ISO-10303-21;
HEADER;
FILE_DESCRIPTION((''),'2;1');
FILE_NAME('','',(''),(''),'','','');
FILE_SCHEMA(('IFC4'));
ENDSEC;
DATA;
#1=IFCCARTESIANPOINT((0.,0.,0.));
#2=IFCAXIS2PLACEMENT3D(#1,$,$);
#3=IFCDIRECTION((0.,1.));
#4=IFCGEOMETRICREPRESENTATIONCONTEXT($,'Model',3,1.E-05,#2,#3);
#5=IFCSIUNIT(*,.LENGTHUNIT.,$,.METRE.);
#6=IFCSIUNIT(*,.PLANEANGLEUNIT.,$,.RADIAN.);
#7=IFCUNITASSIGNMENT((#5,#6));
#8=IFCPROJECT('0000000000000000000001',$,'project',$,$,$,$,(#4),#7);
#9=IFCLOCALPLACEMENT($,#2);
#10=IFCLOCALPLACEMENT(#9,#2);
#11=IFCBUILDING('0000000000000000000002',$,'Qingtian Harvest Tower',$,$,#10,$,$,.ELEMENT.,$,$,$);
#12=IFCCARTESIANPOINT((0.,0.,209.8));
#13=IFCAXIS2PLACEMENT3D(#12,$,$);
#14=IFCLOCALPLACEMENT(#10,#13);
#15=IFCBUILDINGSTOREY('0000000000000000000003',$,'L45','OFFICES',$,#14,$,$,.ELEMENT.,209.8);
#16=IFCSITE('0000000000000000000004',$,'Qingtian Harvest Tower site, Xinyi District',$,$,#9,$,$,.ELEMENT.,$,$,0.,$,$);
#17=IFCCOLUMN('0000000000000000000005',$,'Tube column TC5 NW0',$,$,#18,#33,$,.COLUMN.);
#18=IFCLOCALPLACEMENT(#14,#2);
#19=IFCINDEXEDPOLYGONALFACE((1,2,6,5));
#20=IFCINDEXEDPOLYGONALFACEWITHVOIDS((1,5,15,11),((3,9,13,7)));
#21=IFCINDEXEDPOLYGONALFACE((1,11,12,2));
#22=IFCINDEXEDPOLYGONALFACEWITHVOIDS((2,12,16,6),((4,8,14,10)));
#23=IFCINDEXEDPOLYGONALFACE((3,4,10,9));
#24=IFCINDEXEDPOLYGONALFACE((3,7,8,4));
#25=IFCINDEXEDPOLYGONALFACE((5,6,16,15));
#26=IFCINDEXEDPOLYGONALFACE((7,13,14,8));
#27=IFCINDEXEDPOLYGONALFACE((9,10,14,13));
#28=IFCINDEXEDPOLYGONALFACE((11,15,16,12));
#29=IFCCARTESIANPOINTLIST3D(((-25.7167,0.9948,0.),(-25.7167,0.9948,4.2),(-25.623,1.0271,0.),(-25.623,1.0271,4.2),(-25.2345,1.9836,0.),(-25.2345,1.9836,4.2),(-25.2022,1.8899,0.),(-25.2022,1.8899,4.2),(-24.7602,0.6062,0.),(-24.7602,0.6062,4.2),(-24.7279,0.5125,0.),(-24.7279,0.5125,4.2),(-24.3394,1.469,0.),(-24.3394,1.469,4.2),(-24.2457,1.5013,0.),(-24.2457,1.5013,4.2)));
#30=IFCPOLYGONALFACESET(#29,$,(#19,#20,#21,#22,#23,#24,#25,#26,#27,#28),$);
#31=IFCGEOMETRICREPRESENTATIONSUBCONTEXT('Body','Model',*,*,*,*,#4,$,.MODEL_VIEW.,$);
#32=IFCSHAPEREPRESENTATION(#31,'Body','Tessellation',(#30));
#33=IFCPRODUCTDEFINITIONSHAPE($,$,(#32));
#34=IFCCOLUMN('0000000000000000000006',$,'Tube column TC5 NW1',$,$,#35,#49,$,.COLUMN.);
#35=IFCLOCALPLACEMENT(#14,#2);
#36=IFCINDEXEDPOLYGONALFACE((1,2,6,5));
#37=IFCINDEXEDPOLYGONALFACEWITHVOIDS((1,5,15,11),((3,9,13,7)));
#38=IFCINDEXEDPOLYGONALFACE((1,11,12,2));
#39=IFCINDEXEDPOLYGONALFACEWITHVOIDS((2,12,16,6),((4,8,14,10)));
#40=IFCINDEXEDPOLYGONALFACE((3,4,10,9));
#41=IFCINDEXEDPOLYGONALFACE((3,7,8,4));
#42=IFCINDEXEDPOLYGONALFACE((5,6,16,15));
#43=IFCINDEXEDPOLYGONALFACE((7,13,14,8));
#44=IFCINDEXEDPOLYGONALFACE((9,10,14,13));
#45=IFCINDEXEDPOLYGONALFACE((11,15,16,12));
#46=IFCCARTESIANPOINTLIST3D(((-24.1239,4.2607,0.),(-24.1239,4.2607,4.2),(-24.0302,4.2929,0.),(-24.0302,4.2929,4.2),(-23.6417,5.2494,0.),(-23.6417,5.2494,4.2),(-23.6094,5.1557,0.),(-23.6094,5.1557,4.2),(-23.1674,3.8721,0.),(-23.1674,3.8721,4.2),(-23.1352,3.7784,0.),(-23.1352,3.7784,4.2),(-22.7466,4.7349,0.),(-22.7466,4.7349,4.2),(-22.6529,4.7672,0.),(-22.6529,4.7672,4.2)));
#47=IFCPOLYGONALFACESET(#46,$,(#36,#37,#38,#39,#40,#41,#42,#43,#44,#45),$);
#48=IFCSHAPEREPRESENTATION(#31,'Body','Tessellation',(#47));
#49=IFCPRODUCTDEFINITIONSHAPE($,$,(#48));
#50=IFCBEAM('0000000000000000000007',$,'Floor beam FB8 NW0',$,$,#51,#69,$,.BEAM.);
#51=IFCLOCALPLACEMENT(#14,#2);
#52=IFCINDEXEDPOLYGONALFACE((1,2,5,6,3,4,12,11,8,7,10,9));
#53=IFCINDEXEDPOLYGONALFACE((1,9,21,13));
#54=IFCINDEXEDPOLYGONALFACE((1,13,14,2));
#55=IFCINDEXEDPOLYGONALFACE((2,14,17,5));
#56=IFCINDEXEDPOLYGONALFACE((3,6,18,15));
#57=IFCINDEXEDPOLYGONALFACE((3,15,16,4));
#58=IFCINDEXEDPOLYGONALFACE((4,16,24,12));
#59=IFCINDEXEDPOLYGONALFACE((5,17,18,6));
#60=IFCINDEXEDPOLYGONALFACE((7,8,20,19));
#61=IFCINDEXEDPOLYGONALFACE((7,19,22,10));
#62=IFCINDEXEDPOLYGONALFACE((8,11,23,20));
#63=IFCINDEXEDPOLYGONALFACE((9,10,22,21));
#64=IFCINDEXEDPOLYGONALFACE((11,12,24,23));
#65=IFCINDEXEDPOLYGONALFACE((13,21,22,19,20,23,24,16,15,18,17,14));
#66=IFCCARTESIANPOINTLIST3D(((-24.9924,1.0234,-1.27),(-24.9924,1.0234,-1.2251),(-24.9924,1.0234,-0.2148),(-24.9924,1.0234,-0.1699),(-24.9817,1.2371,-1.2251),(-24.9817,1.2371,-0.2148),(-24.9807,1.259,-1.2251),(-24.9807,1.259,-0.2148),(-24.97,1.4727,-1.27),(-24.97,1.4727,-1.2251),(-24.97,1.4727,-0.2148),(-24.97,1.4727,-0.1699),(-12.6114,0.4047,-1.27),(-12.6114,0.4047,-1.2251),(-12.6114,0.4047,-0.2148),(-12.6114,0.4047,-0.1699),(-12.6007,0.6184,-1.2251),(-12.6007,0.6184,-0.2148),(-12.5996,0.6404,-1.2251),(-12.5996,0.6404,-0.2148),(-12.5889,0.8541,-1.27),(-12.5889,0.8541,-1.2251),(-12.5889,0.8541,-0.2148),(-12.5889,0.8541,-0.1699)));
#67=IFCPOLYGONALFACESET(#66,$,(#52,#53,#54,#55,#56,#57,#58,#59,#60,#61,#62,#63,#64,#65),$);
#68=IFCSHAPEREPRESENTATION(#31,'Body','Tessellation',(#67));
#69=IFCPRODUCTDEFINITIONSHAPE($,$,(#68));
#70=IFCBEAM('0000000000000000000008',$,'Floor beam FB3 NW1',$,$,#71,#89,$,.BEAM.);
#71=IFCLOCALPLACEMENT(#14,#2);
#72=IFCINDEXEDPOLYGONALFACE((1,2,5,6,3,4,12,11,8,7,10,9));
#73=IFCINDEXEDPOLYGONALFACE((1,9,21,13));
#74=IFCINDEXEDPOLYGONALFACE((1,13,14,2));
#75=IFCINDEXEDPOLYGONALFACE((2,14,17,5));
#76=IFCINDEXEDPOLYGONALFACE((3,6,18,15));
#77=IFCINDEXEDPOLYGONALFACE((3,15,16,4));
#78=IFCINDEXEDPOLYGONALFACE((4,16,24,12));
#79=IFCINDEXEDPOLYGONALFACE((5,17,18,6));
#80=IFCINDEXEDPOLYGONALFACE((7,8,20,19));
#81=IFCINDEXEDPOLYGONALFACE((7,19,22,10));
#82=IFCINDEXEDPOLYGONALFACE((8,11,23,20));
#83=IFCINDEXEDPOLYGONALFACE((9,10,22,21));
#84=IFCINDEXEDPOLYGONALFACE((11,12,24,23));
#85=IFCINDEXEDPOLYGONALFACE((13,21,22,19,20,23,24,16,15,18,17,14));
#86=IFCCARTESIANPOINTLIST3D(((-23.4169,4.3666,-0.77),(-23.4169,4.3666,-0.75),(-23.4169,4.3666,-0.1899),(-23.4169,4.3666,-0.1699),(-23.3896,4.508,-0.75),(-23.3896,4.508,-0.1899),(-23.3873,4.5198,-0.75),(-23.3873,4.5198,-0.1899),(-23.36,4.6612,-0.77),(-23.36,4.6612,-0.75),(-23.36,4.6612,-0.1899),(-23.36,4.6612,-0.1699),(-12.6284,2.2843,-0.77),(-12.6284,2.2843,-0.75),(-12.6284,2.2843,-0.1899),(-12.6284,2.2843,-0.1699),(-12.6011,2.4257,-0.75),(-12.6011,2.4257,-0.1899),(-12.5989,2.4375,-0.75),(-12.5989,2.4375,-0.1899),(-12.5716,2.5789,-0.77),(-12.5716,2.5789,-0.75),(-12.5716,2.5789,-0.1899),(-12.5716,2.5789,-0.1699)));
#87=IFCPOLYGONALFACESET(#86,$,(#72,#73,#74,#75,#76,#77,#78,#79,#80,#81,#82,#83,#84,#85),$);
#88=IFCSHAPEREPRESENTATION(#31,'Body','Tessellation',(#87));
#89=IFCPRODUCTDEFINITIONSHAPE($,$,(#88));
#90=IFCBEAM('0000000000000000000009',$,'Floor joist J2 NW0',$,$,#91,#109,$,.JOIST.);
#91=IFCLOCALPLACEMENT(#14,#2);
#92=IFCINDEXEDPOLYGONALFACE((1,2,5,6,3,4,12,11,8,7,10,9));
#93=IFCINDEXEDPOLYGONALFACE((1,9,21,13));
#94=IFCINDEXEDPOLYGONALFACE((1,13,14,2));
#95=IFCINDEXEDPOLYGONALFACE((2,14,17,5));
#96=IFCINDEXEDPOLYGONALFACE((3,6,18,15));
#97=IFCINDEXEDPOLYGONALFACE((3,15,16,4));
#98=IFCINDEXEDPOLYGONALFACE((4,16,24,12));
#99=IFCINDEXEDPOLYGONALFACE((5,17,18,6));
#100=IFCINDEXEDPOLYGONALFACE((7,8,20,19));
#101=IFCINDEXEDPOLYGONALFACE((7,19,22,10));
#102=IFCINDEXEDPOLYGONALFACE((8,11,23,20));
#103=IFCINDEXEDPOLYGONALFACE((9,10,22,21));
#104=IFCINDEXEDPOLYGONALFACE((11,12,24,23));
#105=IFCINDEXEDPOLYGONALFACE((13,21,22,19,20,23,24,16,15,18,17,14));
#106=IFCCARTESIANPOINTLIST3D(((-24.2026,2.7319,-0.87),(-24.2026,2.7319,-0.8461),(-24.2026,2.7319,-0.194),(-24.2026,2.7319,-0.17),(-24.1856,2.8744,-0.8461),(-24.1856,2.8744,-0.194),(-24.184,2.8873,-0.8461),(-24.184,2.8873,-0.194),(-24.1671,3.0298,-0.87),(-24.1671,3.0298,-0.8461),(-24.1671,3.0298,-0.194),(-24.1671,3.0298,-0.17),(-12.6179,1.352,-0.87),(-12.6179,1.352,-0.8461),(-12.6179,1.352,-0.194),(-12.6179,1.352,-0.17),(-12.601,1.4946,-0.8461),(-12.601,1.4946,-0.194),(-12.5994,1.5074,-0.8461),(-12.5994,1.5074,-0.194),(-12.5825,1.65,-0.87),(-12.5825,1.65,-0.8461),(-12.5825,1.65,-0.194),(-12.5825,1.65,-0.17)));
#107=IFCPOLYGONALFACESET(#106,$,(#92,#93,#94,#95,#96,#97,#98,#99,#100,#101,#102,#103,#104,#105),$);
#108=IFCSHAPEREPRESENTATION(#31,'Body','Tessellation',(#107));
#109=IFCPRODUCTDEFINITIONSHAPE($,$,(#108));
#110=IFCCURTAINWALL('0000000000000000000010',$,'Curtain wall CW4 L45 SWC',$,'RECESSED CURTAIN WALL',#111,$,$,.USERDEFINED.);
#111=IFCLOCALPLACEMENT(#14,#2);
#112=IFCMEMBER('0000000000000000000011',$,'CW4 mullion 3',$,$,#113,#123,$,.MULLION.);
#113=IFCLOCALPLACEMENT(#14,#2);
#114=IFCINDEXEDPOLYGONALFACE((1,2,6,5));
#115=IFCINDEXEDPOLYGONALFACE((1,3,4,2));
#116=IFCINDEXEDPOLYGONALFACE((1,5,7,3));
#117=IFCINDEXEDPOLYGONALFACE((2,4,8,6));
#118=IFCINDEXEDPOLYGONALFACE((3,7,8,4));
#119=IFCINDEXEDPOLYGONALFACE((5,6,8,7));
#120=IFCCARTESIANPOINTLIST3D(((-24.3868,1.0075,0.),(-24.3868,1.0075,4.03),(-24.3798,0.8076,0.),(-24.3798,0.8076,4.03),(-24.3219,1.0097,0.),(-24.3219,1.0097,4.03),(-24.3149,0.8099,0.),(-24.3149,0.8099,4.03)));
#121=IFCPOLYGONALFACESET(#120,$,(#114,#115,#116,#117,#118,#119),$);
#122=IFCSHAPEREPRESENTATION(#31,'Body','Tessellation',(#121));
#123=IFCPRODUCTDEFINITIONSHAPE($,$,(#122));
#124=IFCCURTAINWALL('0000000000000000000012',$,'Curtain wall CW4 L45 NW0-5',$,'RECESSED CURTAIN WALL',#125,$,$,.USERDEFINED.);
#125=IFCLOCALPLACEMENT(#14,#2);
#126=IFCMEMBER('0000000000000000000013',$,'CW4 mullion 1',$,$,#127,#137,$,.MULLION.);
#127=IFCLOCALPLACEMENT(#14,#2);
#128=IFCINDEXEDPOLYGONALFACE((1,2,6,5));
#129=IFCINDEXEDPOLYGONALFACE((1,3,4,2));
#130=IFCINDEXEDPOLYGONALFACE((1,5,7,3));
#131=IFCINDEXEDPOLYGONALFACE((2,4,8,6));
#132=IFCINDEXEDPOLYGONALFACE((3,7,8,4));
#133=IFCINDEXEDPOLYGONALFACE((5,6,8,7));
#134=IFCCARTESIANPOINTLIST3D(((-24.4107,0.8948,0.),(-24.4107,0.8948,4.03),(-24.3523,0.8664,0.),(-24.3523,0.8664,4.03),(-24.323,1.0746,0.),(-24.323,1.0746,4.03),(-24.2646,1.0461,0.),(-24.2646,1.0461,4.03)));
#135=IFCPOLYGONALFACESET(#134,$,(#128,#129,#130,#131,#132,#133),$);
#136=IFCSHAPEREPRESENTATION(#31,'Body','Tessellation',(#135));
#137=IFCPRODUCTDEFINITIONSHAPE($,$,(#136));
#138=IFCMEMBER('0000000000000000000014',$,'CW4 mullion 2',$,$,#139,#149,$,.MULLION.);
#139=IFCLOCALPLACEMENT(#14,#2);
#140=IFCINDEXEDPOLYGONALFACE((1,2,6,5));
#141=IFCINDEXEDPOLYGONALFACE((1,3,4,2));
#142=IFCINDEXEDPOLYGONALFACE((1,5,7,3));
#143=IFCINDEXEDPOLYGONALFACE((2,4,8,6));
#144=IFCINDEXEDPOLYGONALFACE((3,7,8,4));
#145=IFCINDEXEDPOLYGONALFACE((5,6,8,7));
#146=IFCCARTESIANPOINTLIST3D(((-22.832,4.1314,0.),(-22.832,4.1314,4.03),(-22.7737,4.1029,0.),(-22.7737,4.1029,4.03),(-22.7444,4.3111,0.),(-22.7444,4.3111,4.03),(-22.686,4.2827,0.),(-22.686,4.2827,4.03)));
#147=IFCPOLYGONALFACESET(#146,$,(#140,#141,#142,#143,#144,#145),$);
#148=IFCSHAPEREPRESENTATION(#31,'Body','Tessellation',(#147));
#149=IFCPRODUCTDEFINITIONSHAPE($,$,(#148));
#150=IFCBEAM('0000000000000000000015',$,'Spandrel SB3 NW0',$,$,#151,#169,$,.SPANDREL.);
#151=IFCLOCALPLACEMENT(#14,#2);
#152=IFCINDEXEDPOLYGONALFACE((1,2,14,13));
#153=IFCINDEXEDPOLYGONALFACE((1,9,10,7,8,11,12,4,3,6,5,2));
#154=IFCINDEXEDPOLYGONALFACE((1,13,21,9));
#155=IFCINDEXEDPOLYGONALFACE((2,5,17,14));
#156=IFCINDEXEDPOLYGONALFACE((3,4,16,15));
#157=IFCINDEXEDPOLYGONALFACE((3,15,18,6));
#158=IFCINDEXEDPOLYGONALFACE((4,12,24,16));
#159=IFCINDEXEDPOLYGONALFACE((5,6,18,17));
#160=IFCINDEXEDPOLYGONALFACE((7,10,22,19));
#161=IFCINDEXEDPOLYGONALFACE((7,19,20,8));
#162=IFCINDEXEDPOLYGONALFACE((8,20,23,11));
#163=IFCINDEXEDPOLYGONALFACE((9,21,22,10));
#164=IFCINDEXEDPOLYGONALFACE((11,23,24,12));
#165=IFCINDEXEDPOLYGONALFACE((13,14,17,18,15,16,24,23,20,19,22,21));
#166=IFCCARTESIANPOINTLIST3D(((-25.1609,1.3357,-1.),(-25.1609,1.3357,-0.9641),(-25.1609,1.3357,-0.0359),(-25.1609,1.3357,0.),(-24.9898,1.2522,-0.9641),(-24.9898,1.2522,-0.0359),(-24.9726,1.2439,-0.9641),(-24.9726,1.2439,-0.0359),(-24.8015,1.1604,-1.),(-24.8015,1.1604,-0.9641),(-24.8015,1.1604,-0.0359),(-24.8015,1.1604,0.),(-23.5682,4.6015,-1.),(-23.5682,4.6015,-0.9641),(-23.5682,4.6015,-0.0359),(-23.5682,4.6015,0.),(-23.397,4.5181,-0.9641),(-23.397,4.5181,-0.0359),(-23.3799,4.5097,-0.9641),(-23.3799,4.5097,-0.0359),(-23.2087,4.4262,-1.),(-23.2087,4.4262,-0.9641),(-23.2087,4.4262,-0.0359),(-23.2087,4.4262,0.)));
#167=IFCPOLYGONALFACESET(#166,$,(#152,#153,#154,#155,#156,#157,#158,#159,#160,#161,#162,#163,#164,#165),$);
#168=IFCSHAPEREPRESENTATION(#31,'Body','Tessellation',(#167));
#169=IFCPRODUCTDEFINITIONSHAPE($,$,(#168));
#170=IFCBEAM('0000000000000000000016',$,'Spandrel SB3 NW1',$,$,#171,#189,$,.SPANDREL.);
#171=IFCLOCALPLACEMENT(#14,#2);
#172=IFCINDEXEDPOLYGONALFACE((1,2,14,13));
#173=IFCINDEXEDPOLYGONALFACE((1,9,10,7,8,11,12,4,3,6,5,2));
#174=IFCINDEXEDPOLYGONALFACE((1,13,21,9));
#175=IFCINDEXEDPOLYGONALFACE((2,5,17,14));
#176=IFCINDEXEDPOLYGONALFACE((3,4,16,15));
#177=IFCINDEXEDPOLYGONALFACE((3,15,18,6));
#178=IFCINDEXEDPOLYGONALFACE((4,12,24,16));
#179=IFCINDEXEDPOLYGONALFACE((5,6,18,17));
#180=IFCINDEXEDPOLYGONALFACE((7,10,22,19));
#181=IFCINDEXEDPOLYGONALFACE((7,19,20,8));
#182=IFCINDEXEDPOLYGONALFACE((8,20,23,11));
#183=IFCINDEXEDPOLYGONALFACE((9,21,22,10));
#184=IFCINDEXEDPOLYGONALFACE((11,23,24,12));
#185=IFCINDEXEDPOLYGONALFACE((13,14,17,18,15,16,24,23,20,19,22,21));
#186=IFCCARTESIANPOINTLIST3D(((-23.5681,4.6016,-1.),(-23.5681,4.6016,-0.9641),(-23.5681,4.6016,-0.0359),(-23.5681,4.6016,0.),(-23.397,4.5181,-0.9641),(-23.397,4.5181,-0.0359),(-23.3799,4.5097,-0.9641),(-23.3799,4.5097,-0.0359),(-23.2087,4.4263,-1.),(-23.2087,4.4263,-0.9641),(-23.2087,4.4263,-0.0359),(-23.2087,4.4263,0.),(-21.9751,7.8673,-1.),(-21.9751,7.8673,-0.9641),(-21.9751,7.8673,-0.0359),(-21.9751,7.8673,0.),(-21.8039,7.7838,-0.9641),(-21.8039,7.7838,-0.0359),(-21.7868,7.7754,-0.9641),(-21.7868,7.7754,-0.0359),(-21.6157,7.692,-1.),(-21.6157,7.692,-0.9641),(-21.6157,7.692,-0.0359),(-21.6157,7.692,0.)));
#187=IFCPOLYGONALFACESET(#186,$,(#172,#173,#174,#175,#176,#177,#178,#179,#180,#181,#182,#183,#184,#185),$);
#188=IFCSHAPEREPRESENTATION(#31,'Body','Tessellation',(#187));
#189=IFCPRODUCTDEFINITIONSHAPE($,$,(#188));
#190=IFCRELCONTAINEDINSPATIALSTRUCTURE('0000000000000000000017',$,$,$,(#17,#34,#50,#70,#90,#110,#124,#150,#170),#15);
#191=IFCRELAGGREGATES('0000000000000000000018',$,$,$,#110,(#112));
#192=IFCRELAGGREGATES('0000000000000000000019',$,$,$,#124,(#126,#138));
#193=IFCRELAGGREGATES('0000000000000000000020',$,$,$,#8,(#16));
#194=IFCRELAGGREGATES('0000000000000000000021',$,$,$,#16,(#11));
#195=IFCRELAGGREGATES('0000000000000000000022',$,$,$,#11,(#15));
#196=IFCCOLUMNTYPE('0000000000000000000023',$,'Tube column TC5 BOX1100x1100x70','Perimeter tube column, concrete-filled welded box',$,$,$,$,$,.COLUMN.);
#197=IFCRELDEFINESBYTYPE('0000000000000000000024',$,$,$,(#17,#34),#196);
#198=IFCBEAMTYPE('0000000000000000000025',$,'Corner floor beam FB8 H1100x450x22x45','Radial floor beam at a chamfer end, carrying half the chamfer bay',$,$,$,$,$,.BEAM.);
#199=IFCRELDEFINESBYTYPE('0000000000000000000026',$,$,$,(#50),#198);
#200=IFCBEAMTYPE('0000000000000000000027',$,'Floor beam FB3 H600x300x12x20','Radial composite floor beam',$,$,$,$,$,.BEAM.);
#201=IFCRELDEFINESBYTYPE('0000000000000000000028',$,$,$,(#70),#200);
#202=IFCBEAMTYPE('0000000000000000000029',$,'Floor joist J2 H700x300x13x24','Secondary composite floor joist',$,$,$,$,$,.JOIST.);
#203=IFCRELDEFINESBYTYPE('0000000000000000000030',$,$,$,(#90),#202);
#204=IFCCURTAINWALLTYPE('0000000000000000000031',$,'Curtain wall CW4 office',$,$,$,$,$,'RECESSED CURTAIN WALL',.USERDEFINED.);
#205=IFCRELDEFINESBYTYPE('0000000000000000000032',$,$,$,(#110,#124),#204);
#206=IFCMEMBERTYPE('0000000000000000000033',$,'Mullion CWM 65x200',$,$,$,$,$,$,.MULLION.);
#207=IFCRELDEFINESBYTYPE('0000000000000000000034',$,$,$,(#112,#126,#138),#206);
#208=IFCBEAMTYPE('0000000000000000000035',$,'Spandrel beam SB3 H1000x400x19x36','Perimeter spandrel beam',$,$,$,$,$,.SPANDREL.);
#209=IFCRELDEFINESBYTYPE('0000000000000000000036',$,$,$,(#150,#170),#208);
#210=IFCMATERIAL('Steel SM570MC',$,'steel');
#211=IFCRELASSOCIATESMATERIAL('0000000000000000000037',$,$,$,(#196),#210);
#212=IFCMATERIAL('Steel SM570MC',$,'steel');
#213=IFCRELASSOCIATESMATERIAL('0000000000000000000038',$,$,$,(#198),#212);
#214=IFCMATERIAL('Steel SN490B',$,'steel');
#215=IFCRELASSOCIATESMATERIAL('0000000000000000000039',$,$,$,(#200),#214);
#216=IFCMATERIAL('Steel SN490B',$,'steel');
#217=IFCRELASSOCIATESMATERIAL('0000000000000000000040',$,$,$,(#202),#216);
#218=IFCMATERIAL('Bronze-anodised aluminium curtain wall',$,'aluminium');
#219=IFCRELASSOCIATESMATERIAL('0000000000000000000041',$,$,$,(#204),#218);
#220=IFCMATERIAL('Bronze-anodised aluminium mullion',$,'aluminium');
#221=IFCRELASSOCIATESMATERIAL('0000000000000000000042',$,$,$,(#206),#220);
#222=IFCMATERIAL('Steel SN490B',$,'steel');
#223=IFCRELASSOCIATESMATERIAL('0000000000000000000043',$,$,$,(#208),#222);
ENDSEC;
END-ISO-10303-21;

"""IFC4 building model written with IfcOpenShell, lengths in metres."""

from ifc_helpers import new_model, si_unit, direction, frame, origin, origin_2d, place, context, subcontext, project, spatial, rectangle, hollow_rectangle, i_section, extrude, material, material_profile, profile_set, type_object, element, aggregate, save


model = new_model("IFC4")

# Units and contexts
model_context = context("Model", 3, precision=1e-05, world=origin(), true_north=direction((0.0, 1.0)))
body_context = subcontext(model_context, "Body", "Model", "MODEL_VIEW")
ifc_project = project(units=[si_unit("LENGTHUNIT", "METRE"), si_unit("PLANEANGLEUNIT", "RADIAN")], contexts=[model_context])

# Site, building, storey
site_placement = place(None, origin())
site = spatial("IfcSite", under=ifc_project, at=site_placement, Name="Qingtian Harvest Tower site, Xinyi District", CompositionType="ELEMENT", RefElevation=0.0)
building_placement = place(site_placement, origin())
building = spatial("IfcBuilding", under=site, at=building_placement, Name="Qingtian Harvest Tower", CompositionType="ELEMENT")
storey_placement = place(building_placement, frame((0.0, 0.0, 209.8)))
storey = spatial("IfcBuildingStorey", under=building, at=storey_placement, Name="L45", Description="OFFICES", CompositionType="ELEMENT", Elevation=209.8)

# Columns
ifc_material_1 = material(Name="Steel SM570MC", Category="steel")
ifc_material_profile_1 = material_profile(ifc_material_1, hollow_rectangle(XDim=1.1001, YDim=1.1001, WallThickness=0.0701, at=origin_2d()), Name="BOX1100x1100x70")
ifc_profile_set_1 = profile_set([ifc_material_profile_1], Name="Steel SM570MC")
column_type = type_object("IfcColumnType", Name="Tube column TC5 BOX1100x1100x70", Description="Perimeter tube column, concrete-filled welded box", PredefinedType="COLUMN", material=ifc_profile_set_1)
for number, where, z_axis, x_axis, name in (
    (1, (-24.9812, 1.248, 0.0), (0.0, 0.0, 1.0), (-0.438371, -0.898794, 0.0), "Tube column TC5 NW0"),
    (2, (-23.3884, 4.5139, 0.0), (0.0, 0.0, 1.0), (-0.438371, -0.898794, 0.0), "Tube column TC5 NW1"),
):
    element("IfcColumn", number, at=place(storey_placement, frame(where, z_axis=z_axis, x_axis=x_axis)), inside=storey, type_object=column_type, Name=name, PredefinedType="COLUMN", context=body_context, shape_type="SweptSolid", body=[
        extrude(hollow_rectangle(XDim=1.1001, YDim=1.1001, WallThickness=0.0701, at=origin_2d()), origin(), (0.0, 0.0, 1.0), 4.2),
    ])

# Beams
ifc_material_2 = material(Name="Steel SM570MC", Category="steel")
ifc_material_profile_2 = material_profile(ifc_material_2, i_section(OverallWidth=0.45, OverallDepth=1.1001, WebThickness=0.022, FlangeThickness=0.0449, at=origin_2d()), Name="H1100x450x22x45")
ifc_profile_set_2 = profile_set([ifc_material_profile_2], Name="Steel SM570MC")
beam_type_1 = type_object("IfcBeamType", Name="Corner floor beam FB8 H1100x450x22x45", Description="Radial floor beam at a chamfer end, carrying half the chamfer bay", PredefinedType="BEAM", material=ifc_profile_set_2)
beam_1_placement = place(storey_placement, frame((-24.9812, 1.248, -0.72), z_axis=(0.998754, -0.049905, 0.0), x_axis=(0.049905, 0.998754, 0.0)))
element("IfcBeam", 3, at=beam_1_placement, inside=storey, type_object=beam_type_1, Name="Floor beam FB8 NW0", PredefinedType="BEAM", context=body_context, shape_type="SweptSolid", body=[
    extrude(i_section(OverallWidth=0.45, OverallDepth=1.1001, WebThickness=0.022, FlangeThickness=0.0449, at=origin_2d()), origin(), (0.0, 0.0, 1.0), 12.3965),
])
ifc_material_3 = material(Name="Steel SN490B", Category="steel")
ifc_material_profile_3 = material_profile(ifc_material_3, i_section(OverallWidth=0.3, OverallDepth=0.6001, WebThickness=0.012, FlangeThickness=0.02, at=origin_2d()), Name="H600x300x12x20")
ifc_profile_set_3 = profile_set([ifc_material_profile_3], Name="Steel SN490B")
beam_type_2 = type_object("IfcBeamType", Name="Floor beam FB3 H600x300x12x20", Description="Radial composite floor beam", PredefinedType="BEAM", material=ifc_profile_set_3)
beam_2_placement = place(storey_placement, frame((-23.3884, 4.5139, -0.47), z_axis=(0.981878, -0.189514, 0.0), x_axis=(0.189514, 0.981878, 0.0)))
element("IfcBeam", 4, at=beam_2_placement, inside=storey, type_object=beam_type_2, Name="Floor beam FB3 NW1", PredefinedType="BEAM", context=body_context, shape_type="SweptSolid", body=[
    extrude(i_section(OverallWidth=0.3, OverallDepth=0.6001, WebThickness=0.012, FlangeThickness=0.02, at=origin_2d()), origin(), (0.0, 0.0, 1.0), 10.9875),
])
ifc_material_4 = material(Name="Steel SN490B", Category="steel")
ifc_material_profile_4 = material_profile(ifc_material_4, i_section(OverallWidth=0.3, OverallDepth=0.7, WebThickness=0.0129, FlangeThickness=0.0239, at=origin_2d()), Name="H700x300x13x24")
ifc_profile_set_4 = profile_set([ifc_material_profile_4], Name="Steel SN490B")
beam_type_3 = type_object("IfcBeamType", Name="Floor joist J2 H700x300x13x24", Description="Secondary composite floor joist", PredefinedType="JOIST", material=ifc_profile_set_4)
beam_3_placement = place(storey_placement, frame((-24.1848, 2.8809, -0.52), z_axis=(0.992981, -0.118276, 0.0), x_axis=(0.118276, 0.992981, 0.0)))
element("IfcBeam", 5, at=beam_3_placement, inside=storey, type_object=beam_type_3, Name="Floor joist J2 NW0", PredefinedType="JOIST", context=body_context, shape_type="SweptSolid", body=[
    extrude(i_section(OverallWidth=0.3, OverallDepth=0.7, WebThickness=0.0129, FlangeThickness=0.0239, at=origin_2d()), origin(), (0.0, 0.0, 1.0), 11.6665),
])

# Curtain wall, member
ifc_material_5 = material(Name="Bronze-anodised aluminium curtain wall", Category="aluminium")
curtain_wall_type = type_object("IfcCurtainWallType", Name="Curtain wall CW4 office", ElementType="RECESSED CURTAIN WALL", PredefinedType="USERDEFINED", material=ifc_material_5)
curtain_wall_1_placement = place(storey_placement, origin())
curtain_wall_1 = element("IfcCurtainWall", 6, at=curtain_wall_1_placement, inside=storey, type_object=curtain_wall_type, Name="Curtain wall CW4 L45 SWC", ObjectType="RECESSED CURTAIN WALL", PredefinedType="USERDEFINED")
ifc_material_6 = material(Name="Bronze-anodised aluminium mullion", Category="aluminium")
ifc_material_profile_5 = material_profile(ifc_material_6, rectangle(XDim=0.0649, YDim=0.2, at=origin_2d()), Name="AL 65x200")
ifc_profile_set_5 = profile_set([ifc_material_profile_5], Name="Bronze-anodised aluminium mullion")
member_type_1 = type_object("IfcMemberType", Name="Mullion CWM 65x200", PredefinedType="MULLION", material=ifc_profile_set_5)
member_1_placement = place(storey_placement, frame((-24.3508, 0.9087, 0.0), z_axis=(0.0, 0.0, 1.0), x_axis=(-0.999391, -0.034899, 0.0)))
member_1 = element("IfcMember", 7, at=member_1_placement, type_object=member_type_1, Name="CW4 mullion 3", PredefinedType="MULLION", context=body_context, shape_type="SweptSolid", body=[
    extrude(rectangle(XDim=0.0649, YDim=0.2, at=origin_2d()), origin(), (0.0, 0.0, 1.0), 4.03),
])

# Curtain wall, members
curtain_wall_2_placement = place(storey_placement, origin())
curtain_wall_2 = element("IfcCurtainWall", 8, at=curtain_wall_2_placement, inside=storey, type_object=curtain_wall_type, Name="Curtain wall CW4 L45 NW0-5", ObjectType="RECESSED CURTAIN WALL", PredefinedType="USERDEFINED")
member_2_placement = place(storey_placement, frame((-24.3376, 0.9705, 0.0), z_axis=(0.0, 0.0, 1.0), x_axis=(-0.898794, 0.438371, 0.0)))
member_2 = element("IfcMember", 9, at=member_2_placement, type_object=member_type_1, Name="CW4 mullion 1", PredefinedType="MULLION", context=body_context, shape_type="SweptSolid", body=[
    extrude(rectangle(XDim=0.0649, YDim=0.2, at=origin_2d()), origin(), (0.0, 0.0, 1.0), 4.03),
])
member_3_placement = place(storey_placement, frame((-22.759, 4.207, 0.0), z_axis=(0.0, 0.0, 1.0), x_axis=(-0.898794, 0.438371, 0.0)))
member_3 = element("IfcMember", 10, at=member_3_placement, type_object=member_type_1, Name="CW4 mullion 2", PredefinedType="MULLION", context=body_context, shape_type="SweptSolid", body=[
    extrude(rectangle(XDim=0.0649, YDim=0.2, at=origin_2d()), origin(), (0.0, 0.0, 1.0), 4.03),
])

# Beams
ifc_material_7 = material(Name="Steel SN490B", Category="steel")
ifc_material_profile_6 = material_profile(ifc_material_7, i_section(OverallWidth=0.3999, OverallDepth=1.0, WebThickness=0.019, FlangeThickness=0.0359, at=origin_2d()), Name="H1000x400x19x36")
ifc_profile_set_6 = profile_set([ifc_material_profile_6], Name="Steel SN490B")
beam_type_4 = type_object("IfcBeamType", Name="Spandrel beam SB3 H1000x400x19x36", Description="Perimeter spandrel beam", PredefinedType="SPANDREL", material=ifc_profile_set_6)
for number, where, z_axis, x_axis, name in (
    (11, (-24.9812, 1.248, -0.5), (0.438349, 0.898805, 0.0), (-0.898805, 0.438349, 0.0), "Spandrel SB3 NW0"),
    (12, (-23.3884, 4.5139, -0.5), (0.43843, 0.898765, 0.0), (-0.898765, 0.43843, 0.0), "Spandrel SB3 NW1"),
):
    element("IfcBeam", number, at=place(storey_placement, frame(where, z_axis=z_axis, x_axis=x_axis)), inside=storey, type_object=beam_type_4, Name=name, PredefinedType="SPANDREL", context=body_context, shape_type="SweptSolid", body=[
        extrude(i_section(OverallWidth=0.3999, OverallDepth=1.0, WebThickness=0.019, FlangeThickness=0.0359, at=origin_2d()), origin(), (0.0, 0.0, 1.0), 3.6335),
    ])

aggregate(curtain_wall_1, [member_1])
aggregate(curtain_wall_2, [member_2, member_3])

save(model, "model.ifc")
